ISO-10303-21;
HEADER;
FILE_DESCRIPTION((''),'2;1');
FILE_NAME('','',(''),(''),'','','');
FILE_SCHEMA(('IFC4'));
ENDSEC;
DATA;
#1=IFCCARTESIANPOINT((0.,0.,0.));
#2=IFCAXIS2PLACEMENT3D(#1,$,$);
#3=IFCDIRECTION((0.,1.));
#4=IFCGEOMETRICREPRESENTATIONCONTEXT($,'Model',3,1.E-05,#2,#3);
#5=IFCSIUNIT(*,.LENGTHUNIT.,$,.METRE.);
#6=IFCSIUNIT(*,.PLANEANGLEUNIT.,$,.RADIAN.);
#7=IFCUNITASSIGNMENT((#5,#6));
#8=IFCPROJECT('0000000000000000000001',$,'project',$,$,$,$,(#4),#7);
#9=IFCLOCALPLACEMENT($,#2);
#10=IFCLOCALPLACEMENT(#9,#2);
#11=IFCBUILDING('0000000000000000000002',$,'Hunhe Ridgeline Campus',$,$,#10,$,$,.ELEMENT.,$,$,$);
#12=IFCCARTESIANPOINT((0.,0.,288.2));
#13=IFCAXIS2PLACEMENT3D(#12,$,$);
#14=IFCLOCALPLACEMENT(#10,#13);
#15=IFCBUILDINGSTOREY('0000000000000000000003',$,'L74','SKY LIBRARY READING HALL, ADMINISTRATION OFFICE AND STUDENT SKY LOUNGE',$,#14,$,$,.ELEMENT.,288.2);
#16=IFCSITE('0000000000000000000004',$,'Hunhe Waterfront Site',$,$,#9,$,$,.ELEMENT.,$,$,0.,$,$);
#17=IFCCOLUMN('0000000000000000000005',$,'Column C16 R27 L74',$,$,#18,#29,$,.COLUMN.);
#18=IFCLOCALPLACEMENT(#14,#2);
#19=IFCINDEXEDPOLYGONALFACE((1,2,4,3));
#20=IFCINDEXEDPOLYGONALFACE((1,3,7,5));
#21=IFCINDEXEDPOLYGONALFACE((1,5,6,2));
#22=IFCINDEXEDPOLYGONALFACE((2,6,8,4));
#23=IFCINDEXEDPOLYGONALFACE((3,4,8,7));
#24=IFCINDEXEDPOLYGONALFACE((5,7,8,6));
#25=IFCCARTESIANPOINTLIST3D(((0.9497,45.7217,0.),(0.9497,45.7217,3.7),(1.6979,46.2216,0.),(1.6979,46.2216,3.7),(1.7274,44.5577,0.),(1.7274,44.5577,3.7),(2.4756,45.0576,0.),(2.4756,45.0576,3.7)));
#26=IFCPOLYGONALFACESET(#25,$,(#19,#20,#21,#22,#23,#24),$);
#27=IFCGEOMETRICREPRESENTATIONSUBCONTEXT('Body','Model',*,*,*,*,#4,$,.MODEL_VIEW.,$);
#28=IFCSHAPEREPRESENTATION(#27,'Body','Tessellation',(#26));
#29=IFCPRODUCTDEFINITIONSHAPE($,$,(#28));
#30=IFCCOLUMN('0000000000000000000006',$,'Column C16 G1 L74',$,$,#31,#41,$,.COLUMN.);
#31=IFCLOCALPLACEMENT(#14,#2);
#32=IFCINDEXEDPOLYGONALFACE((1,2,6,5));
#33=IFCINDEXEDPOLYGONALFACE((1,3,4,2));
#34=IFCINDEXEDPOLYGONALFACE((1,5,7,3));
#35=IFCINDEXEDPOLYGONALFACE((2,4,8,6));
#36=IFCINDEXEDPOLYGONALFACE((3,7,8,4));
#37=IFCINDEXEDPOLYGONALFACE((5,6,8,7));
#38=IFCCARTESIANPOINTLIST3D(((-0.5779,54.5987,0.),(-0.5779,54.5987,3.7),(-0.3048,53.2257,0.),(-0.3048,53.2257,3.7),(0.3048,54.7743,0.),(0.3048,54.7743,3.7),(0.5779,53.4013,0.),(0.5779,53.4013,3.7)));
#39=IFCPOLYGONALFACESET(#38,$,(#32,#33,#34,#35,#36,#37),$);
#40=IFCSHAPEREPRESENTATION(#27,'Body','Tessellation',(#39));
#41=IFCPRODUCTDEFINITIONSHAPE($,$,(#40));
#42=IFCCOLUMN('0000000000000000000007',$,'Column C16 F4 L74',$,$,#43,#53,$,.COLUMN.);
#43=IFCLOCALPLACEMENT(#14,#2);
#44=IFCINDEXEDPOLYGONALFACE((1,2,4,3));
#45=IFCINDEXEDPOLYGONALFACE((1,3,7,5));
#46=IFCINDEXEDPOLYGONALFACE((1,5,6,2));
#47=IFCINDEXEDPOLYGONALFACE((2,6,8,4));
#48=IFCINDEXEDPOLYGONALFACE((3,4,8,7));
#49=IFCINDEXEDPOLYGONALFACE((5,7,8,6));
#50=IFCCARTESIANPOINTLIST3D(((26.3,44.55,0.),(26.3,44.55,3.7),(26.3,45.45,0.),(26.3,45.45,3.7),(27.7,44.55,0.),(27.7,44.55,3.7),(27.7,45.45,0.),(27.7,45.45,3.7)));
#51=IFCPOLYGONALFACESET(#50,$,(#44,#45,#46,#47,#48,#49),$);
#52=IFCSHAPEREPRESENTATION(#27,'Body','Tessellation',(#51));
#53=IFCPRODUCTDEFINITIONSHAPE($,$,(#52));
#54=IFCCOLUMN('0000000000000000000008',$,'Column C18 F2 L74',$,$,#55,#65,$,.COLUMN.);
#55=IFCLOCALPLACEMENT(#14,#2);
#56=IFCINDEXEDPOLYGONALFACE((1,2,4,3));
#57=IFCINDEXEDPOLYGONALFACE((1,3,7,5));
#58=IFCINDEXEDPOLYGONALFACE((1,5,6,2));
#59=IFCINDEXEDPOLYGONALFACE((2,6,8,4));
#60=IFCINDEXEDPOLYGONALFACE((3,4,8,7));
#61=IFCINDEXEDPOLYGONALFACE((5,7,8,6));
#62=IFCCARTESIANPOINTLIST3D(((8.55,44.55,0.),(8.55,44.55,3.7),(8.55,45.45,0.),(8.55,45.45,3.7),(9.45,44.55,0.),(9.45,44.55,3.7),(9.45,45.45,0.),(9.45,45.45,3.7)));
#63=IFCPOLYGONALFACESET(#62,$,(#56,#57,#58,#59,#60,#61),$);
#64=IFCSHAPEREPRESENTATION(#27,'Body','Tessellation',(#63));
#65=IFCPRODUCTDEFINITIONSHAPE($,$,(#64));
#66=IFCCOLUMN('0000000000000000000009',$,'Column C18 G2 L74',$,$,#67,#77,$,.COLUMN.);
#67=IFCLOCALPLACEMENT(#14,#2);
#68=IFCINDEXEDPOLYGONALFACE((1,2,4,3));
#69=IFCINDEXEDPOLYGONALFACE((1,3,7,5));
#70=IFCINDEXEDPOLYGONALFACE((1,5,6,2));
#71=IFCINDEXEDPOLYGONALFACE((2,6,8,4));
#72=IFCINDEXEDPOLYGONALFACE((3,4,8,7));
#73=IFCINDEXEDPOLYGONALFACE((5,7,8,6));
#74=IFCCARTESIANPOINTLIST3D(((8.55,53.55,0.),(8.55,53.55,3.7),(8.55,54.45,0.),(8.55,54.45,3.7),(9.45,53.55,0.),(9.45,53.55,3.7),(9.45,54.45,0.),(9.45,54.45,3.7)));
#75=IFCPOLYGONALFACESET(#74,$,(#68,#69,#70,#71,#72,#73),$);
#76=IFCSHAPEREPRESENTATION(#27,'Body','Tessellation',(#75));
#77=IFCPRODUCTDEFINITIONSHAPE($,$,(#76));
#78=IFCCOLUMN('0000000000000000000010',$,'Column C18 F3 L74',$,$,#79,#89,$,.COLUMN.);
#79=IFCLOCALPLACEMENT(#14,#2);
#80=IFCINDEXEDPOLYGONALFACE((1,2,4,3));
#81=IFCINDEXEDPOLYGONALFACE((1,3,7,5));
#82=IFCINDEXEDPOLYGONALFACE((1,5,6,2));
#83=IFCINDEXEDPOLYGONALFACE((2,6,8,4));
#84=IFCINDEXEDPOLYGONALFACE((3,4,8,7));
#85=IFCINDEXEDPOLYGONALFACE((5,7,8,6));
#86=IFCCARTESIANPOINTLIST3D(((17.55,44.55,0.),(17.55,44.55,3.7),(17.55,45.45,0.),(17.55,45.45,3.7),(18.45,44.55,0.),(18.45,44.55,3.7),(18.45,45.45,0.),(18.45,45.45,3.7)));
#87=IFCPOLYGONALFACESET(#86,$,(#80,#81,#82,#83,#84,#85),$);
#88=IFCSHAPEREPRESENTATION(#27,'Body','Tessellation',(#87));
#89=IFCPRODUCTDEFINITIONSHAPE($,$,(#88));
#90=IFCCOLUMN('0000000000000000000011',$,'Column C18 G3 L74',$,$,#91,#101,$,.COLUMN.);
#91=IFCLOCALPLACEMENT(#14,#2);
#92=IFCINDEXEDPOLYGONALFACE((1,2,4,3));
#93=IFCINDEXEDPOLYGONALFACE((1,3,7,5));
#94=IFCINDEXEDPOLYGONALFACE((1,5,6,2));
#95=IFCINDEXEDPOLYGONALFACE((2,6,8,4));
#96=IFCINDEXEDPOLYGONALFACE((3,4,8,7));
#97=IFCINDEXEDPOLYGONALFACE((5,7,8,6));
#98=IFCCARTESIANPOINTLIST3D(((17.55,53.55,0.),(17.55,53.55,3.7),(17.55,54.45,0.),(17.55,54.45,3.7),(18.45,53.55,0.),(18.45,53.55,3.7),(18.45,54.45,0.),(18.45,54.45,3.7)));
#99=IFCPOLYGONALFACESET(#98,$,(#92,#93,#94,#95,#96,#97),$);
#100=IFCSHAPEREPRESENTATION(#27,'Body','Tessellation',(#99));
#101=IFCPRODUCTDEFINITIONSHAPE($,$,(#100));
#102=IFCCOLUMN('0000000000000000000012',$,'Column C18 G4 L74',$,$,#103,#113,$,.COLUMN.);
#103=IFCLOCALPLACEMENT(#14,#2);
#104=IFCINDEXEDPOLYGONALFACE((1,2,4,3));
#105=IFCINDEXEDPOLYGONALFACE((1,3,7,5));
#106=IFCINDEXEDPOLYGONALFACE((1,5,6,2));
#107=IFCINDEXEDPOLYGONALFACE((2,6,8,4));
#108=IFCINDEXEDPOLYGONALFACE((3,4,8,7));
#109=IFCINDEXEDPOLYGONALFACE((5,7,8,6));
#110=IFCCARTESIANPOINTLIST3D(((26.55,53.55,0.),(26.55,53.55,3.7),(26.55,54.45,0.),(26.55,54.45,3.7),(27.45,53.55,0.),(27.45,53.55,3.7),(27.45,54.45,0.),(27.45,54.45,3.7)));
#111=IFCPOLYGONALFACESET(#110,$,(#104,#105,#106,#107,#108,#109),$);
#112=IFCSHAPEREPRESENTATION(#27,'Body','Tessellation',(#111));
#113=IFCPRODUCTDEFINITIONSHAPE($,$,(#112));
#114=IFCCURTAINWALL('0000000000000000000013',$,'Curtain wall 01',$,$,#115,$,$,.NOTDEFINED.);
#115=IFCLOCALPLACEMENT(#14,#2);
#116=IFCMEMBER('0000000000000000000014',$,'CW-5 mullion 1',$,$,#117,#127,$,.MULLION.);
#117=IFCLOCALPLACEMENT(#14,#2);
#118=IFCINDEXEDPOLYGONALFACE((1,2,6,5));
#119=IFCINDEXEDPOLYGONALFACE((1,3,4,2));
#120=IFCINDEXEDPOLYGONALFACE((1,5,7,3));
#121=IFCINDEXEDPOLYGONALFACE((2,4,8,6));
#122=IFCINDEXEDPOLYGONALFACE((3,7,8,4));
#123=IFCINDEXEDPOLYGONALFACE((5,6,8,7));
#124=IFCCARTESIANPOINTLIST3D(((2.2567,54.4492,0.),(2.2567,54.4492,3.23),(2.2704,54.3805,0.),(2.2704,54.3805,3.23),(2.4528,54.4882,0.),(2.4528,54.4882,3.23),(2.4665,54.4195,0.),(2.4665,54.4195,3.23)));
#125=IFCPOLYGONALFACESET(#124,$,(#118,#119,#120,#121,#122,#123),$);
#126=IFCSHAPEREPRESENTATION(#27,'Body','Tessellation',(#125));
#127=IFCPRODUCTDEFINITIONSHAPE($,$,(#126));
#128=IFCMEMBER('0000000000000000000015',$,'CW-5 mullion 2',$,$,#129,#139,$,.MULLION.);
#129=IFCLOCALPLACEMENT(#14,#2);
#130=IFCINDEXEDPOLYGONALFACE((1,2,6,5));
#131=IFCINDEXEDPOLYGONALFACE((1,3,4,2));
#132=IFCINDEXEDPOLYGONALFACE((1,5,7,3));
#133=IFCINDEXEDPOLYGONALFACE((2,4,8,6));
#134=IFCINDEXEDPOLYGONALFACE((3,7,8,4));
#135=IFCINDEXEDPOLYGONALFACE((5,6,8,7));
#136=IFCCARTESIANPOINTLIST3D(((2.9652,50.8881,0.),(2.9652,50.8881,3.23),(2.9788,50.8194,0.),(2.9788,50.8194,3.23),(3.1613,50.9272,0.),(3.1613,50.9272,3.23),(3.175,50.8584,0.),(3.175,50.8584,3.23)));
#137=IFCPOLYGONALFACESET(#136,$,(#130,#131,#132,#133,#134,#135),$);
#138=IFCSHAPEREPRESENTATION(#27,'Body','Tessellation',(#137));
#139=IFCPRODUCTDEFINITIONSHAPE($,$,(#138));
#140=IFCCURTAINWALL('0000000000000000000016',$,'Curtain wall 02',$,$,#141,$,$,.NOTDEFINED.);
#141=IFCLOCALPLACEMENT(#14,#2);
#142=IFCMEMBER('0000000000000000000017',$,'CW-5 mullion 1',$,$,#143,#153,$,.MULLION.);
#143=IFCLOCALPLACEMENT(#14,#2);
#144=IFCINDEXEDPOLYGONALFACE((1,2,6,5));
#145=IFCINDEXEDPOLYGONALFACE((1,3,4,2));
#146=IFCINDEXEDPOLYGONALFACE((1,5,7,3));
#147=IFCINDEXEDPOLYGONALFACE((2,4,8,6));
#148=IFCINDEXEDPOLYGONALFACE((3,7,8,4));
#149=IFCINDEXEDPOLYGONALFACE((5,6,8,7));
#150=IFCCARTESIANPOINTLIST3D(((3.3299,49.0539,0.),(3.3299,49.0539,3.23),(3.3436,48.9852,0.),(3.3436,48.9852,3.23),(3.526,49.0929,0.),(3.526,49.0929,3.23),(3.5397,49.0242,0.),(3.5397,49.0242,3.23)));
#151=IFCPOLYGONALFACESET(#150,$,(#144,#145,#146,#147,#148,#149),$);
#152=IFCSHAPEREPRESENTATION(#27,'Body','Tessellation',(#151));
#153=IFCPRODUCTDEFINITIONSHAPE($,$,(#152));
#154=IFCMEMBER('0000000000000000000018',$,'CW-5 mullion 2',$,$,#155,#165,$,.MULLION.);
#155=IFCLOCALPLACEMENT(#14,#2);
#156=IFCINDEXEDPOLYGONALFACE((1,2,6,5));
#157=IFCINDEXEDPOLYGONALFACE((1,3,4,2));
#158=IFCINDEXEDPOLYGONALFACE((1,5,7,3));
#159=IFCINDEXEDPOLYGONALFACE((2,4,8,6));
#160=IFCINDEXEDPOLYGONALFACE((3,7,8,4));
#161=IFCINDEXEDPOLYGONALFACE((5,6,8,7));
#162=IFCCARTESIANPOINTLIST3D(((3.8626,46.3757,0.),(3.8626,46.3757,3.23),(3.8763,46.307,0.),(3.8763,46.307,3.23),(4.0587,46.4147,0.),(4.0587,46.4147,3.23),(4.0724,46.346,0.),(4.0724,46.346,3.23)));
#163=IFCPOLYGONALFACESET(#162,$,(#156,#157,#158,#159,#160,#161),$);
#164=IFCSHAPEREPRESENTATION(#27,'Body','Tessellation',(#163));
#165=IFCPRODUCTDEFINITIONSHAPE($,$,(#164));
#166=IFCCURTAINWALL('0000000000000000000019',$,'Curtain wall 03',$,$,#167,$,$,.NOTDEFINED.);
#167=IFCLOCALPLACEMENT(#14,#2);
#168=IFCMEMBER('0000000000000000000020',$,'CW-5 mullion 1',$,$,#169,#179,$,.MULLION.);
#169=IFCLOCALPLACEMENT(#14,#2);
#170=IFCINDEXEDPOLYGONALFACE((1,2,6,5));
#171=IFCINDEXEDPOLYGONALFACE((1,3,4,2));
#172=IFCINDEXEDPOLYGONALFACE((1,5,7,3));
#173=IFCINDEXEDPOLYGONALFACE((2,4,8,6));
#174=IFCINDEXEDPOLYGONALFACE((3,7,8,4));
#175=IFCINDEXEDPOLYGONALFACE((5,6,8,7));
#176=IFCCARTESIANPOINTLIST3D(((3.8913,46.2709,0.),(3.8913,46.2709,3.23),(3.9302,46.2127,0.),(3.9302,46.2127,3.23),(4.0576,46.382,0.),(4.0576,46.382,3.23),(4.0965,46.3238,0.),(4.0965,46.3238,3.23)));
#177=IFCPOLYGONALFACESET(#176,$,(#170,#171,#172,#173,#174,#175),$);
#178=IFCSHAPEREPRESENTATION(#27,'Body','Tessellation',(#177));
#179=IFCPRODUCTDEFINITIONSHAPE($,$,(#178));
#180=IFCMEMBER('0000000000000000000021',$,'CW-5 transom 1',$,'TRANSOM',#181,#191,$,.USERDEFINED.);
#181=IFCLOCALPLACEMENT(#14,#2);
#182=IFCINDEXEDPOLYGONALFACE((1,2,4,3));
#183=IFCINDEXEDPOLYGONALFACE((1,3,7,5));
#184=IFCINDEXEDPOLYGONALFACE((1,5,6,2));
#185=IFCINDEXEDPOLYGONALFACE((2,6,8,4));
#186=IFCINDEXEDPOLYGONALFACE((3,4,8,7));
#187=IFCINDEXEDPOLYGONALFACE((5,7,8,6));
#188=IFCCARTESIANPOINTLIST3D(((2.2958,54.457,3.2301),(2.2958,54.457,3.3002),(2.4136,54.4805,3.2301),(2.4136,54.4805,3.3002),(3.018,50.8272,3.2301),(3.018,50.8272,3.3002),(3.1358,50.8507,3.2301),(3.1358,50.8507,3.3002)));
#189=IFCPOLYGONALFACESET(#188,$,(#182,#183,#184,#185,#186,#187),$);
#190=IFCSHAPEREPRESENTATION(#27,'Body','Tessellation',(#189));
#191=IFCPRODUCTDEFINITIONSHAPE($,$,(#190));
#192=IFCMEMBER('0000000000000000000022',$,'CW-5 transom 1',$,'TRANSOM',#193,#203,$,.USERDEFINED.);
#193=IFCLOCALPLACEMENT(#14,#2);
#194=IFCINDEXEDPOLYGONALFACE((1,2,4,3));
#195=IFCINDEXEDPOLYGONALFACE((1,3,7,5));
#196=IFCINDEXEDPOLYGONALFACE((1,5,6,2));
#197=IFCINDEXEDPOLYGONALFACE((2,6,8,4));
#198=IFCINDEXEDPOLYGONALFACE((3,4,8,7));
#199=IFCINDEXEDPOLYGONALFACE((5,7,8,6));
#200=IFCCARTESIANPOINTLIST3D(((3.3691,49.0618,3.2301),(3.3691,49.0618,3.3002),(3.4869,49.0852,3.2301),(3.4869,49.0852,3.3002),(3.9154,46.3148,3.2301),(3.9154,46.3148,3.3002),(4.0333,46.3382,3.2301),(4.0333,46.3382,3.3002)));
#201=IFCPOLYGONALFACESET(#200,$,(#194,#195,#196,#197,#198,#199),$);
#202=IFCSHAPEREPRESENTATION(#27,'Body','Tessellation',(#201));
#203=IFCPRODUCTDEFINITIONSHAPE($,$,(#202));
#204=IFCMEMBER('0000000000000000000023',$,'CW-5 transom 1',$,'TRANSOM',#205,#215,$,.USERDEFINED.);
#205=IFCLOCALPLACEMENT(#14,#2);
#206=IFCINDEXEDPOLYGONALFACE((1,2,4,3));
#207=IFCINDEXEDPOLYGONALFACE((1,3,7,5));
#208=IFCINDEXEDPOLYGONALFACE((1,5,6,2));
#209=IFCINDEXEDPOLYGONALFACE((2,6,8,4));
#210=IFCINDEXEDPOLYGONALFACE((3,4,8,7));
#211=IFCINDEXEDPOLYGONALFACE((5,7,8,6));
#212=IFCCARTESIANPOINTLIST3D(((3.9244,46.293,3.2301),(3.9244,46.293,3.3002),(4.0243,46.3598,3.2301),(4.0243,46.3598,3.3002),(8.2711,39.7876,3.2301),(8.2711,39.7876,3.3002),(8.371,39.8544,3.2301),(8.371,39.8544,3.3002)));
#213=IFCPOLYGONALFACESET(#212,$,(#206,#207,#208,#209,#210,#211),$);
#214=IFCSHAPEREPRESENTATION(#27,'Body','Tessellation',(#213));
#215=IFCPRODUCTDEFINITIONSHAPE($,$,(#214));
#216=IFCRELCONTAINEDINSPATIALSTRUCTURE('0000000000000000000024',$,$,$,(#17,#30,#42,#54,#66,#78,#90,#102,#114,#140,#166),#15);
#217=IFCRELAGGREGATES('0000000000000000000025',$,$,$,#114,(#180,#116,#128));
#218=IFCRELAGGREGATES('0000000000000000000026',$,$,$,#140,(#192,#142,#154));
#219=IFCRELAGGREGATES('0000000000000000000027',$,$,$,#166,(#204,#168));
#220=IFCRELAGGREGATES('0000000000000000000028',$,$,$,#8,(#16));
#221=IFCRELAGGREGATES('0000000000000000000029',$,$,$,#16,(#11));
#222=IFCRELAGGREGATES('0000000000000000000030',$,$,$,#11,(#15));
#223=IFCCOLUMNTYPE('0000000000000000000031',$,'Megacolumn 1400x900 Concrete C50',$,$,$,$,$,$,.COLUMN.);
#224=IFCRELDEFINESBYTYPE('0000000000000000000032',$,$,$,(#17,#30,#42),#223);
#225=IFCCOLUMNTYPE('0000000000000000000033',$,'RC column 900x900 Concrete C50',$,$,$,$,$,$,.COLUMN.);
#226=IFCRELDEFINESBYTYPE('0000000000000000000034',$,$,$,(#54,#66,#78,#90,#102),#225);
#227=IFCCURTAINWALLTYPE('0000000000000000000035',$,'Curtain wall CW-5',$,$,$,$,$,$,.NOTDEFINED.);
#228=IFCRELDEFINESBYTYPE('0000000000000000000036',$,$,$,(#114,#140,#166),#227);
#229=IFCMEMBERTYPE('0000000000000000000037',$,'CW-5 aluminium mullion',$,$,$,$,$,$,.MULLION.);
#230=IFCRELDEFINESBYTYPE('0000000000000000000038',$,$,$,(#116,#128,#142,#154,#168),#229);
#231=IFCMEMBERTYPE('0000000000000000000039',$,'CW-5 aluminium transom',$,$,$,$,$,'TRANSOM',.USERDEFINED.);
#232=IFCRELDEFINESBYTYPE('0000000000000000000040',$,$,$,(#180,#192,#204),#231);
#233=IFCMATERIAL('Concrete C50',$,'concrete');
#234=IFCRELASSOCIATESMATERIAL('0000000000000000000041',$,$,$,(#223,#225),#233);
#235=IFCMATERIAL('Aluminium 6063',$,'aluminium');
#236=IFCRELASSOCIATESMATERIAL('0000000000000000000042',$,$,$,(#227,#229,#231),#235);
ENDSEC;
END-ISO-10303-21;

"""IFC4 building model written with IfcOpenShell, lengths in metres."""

from ifc_helpers import new_model, si_unit, direction, frame, origin, origin_2d, place, context, subcontext, project, spatial, rectangle, extrude, material, material_profile, profile_set, type_object, element, aggregate, save


model = new_model("IFC4")

# Units and contexts
model_context = context("Model", 3, precision=1e-05, world=origin(), true_north=direction((0.0, 1.0)))
body_context = subcontext(model_context, "Body", "Model", "MODEL_VIEW")
ifc_project = project(units=[si_unit("LENGTHUNIT", "METRE"), si_unit("PLANEANGLEUNIT", "RADIAN")], contexts=[model_context])

# Site, building, storey
site_placement = place(None, origin())
site = spatial("IfcSite", under=ifc_project, at=site_placement, Name="Hunhe Waterfront Site", CompositionType="ELEMENT", RefElevation=0.0)
building_placement = place(site_placement, origin())
building = spatial("IfcBuilding", under=site, at=building_placement, Name="Hunhe Ridgeline Campus", CompositionType="ELEMENT")
storey_placement = place(building_placement, frame((0.0, 0.0, 288.2)))
storey = spatial("IfcBuildingStorey", under=building, at=storey_placement, Name="L74", Description="SKY LIBRARY READING HALL, ADMINISTRATION OFFICE AND STUDENT SKY LOUNGE", CompositionType="ELEMENT", Elevation=288.2)

# Columns
ifc_material_1 = material(Name="Concrete C50", Category="concrete")
ifc_material_profile_1 = material_profile(ifc_material_1, rectangle(XDim=1.3999, YDim=0.8999, at=origin_2d()))
ifc_profile_set_1 = profile_set([ifc_material_profile_1], Name="Concrete C50")
column_type_1 = type_object("IfcColumnType", Name="Megacolumn 1400x900 Concrete C50", PredefinedType="COLUMN", material=ifc_profile_set_1)
for number, where, z_axis, x_axis, name in (
    (1, (1.7126, 45.3896, 0.0), (0.0, 0.0, 1.0), (-0.55557, 0.83147, 0.0), "Column C16 R27 L74"),
    (2, (0.0, 54.0, 0.0), (0.0, 0.0, 1.0), (-0.19509, 0.980785, 0.0), "Column C16 G1 L74"),
    (3, (27.0, 45.0, 0.0), (0.0, 0.0, 1.0), (1.0, 0.0, 0.0), "Column C16 F4 L74"),
):
    element("IfcColumn", number, at=place(storey_placement, frame(where, z_axis=z_axis, x_axis=x_axis)), inside=storey, type_object=column_type_1, Name=name, PredefinedType="COLUMN", context=body_context, shape_type="SweptSolid", body=[
        extrude(rectangle(XDim=1.3999, YDim=0.8999, at=origin_2d()), origin(), (0.0, 0.0, 1.0), 3.7),
    ])
ifc_material_profile_2 = material_profile(ifc_material_1, rectangle(XDim=0.8999, YDim=0.8999, at=origin_2d()))
ifc_profile_set_2 = profile_set([ifc_material_profile_2], Name="Concrete C50")
column_type_2 = type_object("IfcColumnType", Name="RC column 900x900 Concrete C50", PredefinedType="COLUMN", material=ifc_profile_set_2)
for number, where, z_axis, x_axis, name in (
    (4, (9.0, 45.0, 0.0), (0.0, 0.0, 1.0), (1.0, 0.0, 0.0), "Column C18 F2 L74"),
    (5, (9.0, 54.0, 0.0), (0.0, 0.0, 1.0), (1.0, 0.0, 0.0), "Column C18 G2 L74"),
    (6, (18.0, 45.0, 0.0), (0.0, 0.0, 1.0), (1.0, 0.0, 0.0), "Column C18 F3 L74"),
    (7, (18.0, 54.0, 0.0), (0.0, 0.0, 1.0), (1.0, 0.0, 0.0), "Column C18 G3 L74"),
    (8, (27.0, 54.0, 0.0), (0.0, 0.0, 1.0), (1.0, 0.0, 0.0), "Column C18 G4 L74"),
):
    element("IfcColumn", number, at=place(storey_placement, frame(where, z_axis=z_axis, x_axis=x_axis)), inside=storey, type_object=column_type_2, Name=name, PredefinedType="COLUMN", context=body_context, shape_type="SweptSolid", body=[
        extrude(rectangle(XDim=0.8999, YDim=0.8999, at=origin_2d()), origin(), (0.0, 0.0, 1.0), 3.7),
    ])

# Curtain walls, members
ifc_material_2 = material(Name="Aluminium 6063", Category="aluminium")
curtain_wall_type = type_object("IfcCurtainWallType", Name="Curtain wall CW-5", PredefinedType="NOTDEFINED", material=ifc_material_2)
curtain_wall_1_placement = place(storey_placement, origin())
curtain_wall_1 = element("IfcCurtainWall", 9, at=curtain_wall_1_placement, inside=storey, type_object=curtain_wall_type, Name="Curtain wall 01", PredefinedType="NOTDEFINED")
ifc_material_profile_3 = material_profile(ifc_material_2, rectangle(XDim=0.2, YDim=0.0701, at=origin_2d()))
ifc_profile_set_3 = profile_set([ifc_material_profile_3], Name="Aluminium 6063")
member_type_1 = type_object("IfcMemberType", Name="CW-5 aluminium mullion", PredefinedType="MULLION", material=ifc_profile_set_3)
member_1_placement = place(storey_placement, frame((2.3616, 54.4343, 0.0), z_axis=(0.0, 0.0, 1.0), x_axis=(0.980784, 0.195095, 0.0)))
member_1 = element("IfcMember", 10, at=member_1_placement, type_object=member_type_1, Name="CW-5 mullion 1", PredefinedType="MULLION", context=body_context, shape_type="SweptSolid", body=[
    extrude(rectangle(XDim=0.2, YDim=0.0701, at=origin_2d()), origin(), (0.0, 0.0, 1.0), 3.23),
])
member_2_placement = place(storey_placement, frame((3.0701, 50.8733, 0.0), z_axis=(0.0, 0.0, 1.0), x_axis=(0.980784, 0.195095, 0.0)))
member_2 = element("IfcMember", 11, at=member_2_placement, type_object=member_type_1, Name="CW-5 mullion 2", PredefinedType="MULLION", context=body_context, shape_type="SweptSolid", body=[
    extrude(rectangle(XDim=0.2, YDim=0.0701, at=origin_2d()), origin(), (0.0, 0.0, 1.0), 3.23),
])
curtain_wall_2_placement = place(storey_placement, origin())
curtain_wall_2 = element("IfcCurtainWall", 12, at=curtain_wall_2_placement, inside=storey, type_object=curtain_wall_type, Name="Curtain wall 02", PredefinedType="NOTDEFINED")
member_3_placement = place(storey_placement, frame((3.4348, 49.0391, 0.0), z_axis=(0.0, 0.0, 1.0), x_axis=(0.980784, 0.195095, 0.0)))
member_3 = element("IfcMember", 13, at=member_3_placement, type_object=member_type_1, Name="CW-5 mullion 1", PredefinedType="MULLION", context=body_context, shape_type="SweptSolid", body=[
    extrude(rectangle(XDim=0.2, YDim=0.0701, at=origin_2d()), origin(), (0.0, 0.0, 1.0), 3.23),
])
member_4_placement = place(storey_placement, frame((3.9675, 46.3608, 0.0), z_axis=(0.0, 0.0, 1.0), x_axis=(0.980784, 0.195095, 0.0)))
member_4 = element("IfcMember", 14, at=member_4_placement, type_object=member_type_1, Name="CW-5 mullion 2", PredefinedType="MULLION", context=body_context, shape_type="SweptSolid", body=[
    extrude(rectangle(XDim=0.2, YDim=0.0701, at=origin_2d()), origin(), (0.0, 0.0, 1.0), 3.23),
])

# Curtain wall, member
curtain_wall_3_placement = place(storey_placement, origin())
curtain_wall_3 = element("IfcCurtainWall", 15, at=curtain_wall_3_placement, inside=storey, type_object=curtain_wall_type, Name="Curtain wall 03", PredefinedType="NOTDEFINED")
member_5_placement = place(storey_placement, frame((3.9939, 46.2974, 0.0), z_axis=(0.0, 0.0, 1.0), x_axis=(0.83147, 0.55557, 0.0)))
member_5 = element("IfcMember", 16, at=member_5_placement, type_object=member_type_1, Name="CW-5 mullion 1", PredefinedType="MULLION", context=body_context, shape_type="SweptSolid", body=[
    extrude(rectangle(XDim=0.2, YDim=0.0701, at=origin_2d()), origin(), (0.0, 0.0, 1.0), 3.23),
])

# Members
ifc_material_profile_4 = material_profile(ifc_material_2, rectangle(XDim=0.1201, YDim=0.0701, at=origin_2d()))
ifc_profile_set_4 = profile_set([ifc_material_profile_4], Name="Aluminium 6063")
member_type_2 = type_object("IfcMemberType", Name="CW-5 aluminium transom", ElementType="TRANSOM", PredefinedType="USERDEFINED", material=ifc_profile_set_4)
member_6_placement = place(storey_placement, frame((2.3547, 54.4688, 3.2651), z_axis=(0.195127, -0.980778, 0.0), x_axis=(0.980778, 0.195127, 0.0)))
member_6 = element("IfcMember", 17, at=member_6_placement, type_object=member_type_2, Name="CW-5 transom 1", ObjectType="TRANSOM", PredefinedType="USERDEFINED", context=body_context, shape_type="SweptSolid", body=[
    extrude(rectangle(XDim=0.1201, YDim=0.0701, at=origin_2d()), origin(), (0.0, 0.0, 1.0), 3.7009),
])
member_7_placement = place(storey_placement, frame((3.428, 49.0735, 3.2651), z_axis=(0.195077, -0.980788, 0.0), x_axis=(0.980788, 0.195077, 0.0)))
member_7 = element("IfcMember", 18, at=member_7_placement, type_object=member_type_2, Name="CW-5 transom 1", ObjectType="TRANSOM", PredefinedType="USERDEFINED", context=body_context, shape_type="SweptSolid", body=[
    extrude(rectangle(XDim=0.1201, YDim=0.0701, at=origin_2d()), origin(), (0.0, 0.0, 1.0), 2.8008),
])
member_8_placement = place(storey_placement, frame((3.9744, 46.3264, 3.2651), z_axis=(0.555564, -0.831474, 0.0), x_axis=(0.831474, 0.555564, 0.0)))
member_8 = element("IfcMember", 19, at=member_8_placement, type_object=member_type_2, Name="CW-5 transom 1", ObjectType="TRANSOM", PredefinedType="USERDEFINED", context=body_context, shape_type="SweptSolid", body=[
    extrude(rectangle(XDim=0.1201, YDim=0.0701, at=origin_2d()), origin(), (0.0, 0.0, 1.0), 7.824),
])

aggregate(curtain_wall_1, [member_6, member_1, member_2])
aggregate(curtain_wall_2, [member_7, member_3, member_4])
aggregate(curtain_wall_3, [member_8, member_5])

save(model, "model.ifc")
